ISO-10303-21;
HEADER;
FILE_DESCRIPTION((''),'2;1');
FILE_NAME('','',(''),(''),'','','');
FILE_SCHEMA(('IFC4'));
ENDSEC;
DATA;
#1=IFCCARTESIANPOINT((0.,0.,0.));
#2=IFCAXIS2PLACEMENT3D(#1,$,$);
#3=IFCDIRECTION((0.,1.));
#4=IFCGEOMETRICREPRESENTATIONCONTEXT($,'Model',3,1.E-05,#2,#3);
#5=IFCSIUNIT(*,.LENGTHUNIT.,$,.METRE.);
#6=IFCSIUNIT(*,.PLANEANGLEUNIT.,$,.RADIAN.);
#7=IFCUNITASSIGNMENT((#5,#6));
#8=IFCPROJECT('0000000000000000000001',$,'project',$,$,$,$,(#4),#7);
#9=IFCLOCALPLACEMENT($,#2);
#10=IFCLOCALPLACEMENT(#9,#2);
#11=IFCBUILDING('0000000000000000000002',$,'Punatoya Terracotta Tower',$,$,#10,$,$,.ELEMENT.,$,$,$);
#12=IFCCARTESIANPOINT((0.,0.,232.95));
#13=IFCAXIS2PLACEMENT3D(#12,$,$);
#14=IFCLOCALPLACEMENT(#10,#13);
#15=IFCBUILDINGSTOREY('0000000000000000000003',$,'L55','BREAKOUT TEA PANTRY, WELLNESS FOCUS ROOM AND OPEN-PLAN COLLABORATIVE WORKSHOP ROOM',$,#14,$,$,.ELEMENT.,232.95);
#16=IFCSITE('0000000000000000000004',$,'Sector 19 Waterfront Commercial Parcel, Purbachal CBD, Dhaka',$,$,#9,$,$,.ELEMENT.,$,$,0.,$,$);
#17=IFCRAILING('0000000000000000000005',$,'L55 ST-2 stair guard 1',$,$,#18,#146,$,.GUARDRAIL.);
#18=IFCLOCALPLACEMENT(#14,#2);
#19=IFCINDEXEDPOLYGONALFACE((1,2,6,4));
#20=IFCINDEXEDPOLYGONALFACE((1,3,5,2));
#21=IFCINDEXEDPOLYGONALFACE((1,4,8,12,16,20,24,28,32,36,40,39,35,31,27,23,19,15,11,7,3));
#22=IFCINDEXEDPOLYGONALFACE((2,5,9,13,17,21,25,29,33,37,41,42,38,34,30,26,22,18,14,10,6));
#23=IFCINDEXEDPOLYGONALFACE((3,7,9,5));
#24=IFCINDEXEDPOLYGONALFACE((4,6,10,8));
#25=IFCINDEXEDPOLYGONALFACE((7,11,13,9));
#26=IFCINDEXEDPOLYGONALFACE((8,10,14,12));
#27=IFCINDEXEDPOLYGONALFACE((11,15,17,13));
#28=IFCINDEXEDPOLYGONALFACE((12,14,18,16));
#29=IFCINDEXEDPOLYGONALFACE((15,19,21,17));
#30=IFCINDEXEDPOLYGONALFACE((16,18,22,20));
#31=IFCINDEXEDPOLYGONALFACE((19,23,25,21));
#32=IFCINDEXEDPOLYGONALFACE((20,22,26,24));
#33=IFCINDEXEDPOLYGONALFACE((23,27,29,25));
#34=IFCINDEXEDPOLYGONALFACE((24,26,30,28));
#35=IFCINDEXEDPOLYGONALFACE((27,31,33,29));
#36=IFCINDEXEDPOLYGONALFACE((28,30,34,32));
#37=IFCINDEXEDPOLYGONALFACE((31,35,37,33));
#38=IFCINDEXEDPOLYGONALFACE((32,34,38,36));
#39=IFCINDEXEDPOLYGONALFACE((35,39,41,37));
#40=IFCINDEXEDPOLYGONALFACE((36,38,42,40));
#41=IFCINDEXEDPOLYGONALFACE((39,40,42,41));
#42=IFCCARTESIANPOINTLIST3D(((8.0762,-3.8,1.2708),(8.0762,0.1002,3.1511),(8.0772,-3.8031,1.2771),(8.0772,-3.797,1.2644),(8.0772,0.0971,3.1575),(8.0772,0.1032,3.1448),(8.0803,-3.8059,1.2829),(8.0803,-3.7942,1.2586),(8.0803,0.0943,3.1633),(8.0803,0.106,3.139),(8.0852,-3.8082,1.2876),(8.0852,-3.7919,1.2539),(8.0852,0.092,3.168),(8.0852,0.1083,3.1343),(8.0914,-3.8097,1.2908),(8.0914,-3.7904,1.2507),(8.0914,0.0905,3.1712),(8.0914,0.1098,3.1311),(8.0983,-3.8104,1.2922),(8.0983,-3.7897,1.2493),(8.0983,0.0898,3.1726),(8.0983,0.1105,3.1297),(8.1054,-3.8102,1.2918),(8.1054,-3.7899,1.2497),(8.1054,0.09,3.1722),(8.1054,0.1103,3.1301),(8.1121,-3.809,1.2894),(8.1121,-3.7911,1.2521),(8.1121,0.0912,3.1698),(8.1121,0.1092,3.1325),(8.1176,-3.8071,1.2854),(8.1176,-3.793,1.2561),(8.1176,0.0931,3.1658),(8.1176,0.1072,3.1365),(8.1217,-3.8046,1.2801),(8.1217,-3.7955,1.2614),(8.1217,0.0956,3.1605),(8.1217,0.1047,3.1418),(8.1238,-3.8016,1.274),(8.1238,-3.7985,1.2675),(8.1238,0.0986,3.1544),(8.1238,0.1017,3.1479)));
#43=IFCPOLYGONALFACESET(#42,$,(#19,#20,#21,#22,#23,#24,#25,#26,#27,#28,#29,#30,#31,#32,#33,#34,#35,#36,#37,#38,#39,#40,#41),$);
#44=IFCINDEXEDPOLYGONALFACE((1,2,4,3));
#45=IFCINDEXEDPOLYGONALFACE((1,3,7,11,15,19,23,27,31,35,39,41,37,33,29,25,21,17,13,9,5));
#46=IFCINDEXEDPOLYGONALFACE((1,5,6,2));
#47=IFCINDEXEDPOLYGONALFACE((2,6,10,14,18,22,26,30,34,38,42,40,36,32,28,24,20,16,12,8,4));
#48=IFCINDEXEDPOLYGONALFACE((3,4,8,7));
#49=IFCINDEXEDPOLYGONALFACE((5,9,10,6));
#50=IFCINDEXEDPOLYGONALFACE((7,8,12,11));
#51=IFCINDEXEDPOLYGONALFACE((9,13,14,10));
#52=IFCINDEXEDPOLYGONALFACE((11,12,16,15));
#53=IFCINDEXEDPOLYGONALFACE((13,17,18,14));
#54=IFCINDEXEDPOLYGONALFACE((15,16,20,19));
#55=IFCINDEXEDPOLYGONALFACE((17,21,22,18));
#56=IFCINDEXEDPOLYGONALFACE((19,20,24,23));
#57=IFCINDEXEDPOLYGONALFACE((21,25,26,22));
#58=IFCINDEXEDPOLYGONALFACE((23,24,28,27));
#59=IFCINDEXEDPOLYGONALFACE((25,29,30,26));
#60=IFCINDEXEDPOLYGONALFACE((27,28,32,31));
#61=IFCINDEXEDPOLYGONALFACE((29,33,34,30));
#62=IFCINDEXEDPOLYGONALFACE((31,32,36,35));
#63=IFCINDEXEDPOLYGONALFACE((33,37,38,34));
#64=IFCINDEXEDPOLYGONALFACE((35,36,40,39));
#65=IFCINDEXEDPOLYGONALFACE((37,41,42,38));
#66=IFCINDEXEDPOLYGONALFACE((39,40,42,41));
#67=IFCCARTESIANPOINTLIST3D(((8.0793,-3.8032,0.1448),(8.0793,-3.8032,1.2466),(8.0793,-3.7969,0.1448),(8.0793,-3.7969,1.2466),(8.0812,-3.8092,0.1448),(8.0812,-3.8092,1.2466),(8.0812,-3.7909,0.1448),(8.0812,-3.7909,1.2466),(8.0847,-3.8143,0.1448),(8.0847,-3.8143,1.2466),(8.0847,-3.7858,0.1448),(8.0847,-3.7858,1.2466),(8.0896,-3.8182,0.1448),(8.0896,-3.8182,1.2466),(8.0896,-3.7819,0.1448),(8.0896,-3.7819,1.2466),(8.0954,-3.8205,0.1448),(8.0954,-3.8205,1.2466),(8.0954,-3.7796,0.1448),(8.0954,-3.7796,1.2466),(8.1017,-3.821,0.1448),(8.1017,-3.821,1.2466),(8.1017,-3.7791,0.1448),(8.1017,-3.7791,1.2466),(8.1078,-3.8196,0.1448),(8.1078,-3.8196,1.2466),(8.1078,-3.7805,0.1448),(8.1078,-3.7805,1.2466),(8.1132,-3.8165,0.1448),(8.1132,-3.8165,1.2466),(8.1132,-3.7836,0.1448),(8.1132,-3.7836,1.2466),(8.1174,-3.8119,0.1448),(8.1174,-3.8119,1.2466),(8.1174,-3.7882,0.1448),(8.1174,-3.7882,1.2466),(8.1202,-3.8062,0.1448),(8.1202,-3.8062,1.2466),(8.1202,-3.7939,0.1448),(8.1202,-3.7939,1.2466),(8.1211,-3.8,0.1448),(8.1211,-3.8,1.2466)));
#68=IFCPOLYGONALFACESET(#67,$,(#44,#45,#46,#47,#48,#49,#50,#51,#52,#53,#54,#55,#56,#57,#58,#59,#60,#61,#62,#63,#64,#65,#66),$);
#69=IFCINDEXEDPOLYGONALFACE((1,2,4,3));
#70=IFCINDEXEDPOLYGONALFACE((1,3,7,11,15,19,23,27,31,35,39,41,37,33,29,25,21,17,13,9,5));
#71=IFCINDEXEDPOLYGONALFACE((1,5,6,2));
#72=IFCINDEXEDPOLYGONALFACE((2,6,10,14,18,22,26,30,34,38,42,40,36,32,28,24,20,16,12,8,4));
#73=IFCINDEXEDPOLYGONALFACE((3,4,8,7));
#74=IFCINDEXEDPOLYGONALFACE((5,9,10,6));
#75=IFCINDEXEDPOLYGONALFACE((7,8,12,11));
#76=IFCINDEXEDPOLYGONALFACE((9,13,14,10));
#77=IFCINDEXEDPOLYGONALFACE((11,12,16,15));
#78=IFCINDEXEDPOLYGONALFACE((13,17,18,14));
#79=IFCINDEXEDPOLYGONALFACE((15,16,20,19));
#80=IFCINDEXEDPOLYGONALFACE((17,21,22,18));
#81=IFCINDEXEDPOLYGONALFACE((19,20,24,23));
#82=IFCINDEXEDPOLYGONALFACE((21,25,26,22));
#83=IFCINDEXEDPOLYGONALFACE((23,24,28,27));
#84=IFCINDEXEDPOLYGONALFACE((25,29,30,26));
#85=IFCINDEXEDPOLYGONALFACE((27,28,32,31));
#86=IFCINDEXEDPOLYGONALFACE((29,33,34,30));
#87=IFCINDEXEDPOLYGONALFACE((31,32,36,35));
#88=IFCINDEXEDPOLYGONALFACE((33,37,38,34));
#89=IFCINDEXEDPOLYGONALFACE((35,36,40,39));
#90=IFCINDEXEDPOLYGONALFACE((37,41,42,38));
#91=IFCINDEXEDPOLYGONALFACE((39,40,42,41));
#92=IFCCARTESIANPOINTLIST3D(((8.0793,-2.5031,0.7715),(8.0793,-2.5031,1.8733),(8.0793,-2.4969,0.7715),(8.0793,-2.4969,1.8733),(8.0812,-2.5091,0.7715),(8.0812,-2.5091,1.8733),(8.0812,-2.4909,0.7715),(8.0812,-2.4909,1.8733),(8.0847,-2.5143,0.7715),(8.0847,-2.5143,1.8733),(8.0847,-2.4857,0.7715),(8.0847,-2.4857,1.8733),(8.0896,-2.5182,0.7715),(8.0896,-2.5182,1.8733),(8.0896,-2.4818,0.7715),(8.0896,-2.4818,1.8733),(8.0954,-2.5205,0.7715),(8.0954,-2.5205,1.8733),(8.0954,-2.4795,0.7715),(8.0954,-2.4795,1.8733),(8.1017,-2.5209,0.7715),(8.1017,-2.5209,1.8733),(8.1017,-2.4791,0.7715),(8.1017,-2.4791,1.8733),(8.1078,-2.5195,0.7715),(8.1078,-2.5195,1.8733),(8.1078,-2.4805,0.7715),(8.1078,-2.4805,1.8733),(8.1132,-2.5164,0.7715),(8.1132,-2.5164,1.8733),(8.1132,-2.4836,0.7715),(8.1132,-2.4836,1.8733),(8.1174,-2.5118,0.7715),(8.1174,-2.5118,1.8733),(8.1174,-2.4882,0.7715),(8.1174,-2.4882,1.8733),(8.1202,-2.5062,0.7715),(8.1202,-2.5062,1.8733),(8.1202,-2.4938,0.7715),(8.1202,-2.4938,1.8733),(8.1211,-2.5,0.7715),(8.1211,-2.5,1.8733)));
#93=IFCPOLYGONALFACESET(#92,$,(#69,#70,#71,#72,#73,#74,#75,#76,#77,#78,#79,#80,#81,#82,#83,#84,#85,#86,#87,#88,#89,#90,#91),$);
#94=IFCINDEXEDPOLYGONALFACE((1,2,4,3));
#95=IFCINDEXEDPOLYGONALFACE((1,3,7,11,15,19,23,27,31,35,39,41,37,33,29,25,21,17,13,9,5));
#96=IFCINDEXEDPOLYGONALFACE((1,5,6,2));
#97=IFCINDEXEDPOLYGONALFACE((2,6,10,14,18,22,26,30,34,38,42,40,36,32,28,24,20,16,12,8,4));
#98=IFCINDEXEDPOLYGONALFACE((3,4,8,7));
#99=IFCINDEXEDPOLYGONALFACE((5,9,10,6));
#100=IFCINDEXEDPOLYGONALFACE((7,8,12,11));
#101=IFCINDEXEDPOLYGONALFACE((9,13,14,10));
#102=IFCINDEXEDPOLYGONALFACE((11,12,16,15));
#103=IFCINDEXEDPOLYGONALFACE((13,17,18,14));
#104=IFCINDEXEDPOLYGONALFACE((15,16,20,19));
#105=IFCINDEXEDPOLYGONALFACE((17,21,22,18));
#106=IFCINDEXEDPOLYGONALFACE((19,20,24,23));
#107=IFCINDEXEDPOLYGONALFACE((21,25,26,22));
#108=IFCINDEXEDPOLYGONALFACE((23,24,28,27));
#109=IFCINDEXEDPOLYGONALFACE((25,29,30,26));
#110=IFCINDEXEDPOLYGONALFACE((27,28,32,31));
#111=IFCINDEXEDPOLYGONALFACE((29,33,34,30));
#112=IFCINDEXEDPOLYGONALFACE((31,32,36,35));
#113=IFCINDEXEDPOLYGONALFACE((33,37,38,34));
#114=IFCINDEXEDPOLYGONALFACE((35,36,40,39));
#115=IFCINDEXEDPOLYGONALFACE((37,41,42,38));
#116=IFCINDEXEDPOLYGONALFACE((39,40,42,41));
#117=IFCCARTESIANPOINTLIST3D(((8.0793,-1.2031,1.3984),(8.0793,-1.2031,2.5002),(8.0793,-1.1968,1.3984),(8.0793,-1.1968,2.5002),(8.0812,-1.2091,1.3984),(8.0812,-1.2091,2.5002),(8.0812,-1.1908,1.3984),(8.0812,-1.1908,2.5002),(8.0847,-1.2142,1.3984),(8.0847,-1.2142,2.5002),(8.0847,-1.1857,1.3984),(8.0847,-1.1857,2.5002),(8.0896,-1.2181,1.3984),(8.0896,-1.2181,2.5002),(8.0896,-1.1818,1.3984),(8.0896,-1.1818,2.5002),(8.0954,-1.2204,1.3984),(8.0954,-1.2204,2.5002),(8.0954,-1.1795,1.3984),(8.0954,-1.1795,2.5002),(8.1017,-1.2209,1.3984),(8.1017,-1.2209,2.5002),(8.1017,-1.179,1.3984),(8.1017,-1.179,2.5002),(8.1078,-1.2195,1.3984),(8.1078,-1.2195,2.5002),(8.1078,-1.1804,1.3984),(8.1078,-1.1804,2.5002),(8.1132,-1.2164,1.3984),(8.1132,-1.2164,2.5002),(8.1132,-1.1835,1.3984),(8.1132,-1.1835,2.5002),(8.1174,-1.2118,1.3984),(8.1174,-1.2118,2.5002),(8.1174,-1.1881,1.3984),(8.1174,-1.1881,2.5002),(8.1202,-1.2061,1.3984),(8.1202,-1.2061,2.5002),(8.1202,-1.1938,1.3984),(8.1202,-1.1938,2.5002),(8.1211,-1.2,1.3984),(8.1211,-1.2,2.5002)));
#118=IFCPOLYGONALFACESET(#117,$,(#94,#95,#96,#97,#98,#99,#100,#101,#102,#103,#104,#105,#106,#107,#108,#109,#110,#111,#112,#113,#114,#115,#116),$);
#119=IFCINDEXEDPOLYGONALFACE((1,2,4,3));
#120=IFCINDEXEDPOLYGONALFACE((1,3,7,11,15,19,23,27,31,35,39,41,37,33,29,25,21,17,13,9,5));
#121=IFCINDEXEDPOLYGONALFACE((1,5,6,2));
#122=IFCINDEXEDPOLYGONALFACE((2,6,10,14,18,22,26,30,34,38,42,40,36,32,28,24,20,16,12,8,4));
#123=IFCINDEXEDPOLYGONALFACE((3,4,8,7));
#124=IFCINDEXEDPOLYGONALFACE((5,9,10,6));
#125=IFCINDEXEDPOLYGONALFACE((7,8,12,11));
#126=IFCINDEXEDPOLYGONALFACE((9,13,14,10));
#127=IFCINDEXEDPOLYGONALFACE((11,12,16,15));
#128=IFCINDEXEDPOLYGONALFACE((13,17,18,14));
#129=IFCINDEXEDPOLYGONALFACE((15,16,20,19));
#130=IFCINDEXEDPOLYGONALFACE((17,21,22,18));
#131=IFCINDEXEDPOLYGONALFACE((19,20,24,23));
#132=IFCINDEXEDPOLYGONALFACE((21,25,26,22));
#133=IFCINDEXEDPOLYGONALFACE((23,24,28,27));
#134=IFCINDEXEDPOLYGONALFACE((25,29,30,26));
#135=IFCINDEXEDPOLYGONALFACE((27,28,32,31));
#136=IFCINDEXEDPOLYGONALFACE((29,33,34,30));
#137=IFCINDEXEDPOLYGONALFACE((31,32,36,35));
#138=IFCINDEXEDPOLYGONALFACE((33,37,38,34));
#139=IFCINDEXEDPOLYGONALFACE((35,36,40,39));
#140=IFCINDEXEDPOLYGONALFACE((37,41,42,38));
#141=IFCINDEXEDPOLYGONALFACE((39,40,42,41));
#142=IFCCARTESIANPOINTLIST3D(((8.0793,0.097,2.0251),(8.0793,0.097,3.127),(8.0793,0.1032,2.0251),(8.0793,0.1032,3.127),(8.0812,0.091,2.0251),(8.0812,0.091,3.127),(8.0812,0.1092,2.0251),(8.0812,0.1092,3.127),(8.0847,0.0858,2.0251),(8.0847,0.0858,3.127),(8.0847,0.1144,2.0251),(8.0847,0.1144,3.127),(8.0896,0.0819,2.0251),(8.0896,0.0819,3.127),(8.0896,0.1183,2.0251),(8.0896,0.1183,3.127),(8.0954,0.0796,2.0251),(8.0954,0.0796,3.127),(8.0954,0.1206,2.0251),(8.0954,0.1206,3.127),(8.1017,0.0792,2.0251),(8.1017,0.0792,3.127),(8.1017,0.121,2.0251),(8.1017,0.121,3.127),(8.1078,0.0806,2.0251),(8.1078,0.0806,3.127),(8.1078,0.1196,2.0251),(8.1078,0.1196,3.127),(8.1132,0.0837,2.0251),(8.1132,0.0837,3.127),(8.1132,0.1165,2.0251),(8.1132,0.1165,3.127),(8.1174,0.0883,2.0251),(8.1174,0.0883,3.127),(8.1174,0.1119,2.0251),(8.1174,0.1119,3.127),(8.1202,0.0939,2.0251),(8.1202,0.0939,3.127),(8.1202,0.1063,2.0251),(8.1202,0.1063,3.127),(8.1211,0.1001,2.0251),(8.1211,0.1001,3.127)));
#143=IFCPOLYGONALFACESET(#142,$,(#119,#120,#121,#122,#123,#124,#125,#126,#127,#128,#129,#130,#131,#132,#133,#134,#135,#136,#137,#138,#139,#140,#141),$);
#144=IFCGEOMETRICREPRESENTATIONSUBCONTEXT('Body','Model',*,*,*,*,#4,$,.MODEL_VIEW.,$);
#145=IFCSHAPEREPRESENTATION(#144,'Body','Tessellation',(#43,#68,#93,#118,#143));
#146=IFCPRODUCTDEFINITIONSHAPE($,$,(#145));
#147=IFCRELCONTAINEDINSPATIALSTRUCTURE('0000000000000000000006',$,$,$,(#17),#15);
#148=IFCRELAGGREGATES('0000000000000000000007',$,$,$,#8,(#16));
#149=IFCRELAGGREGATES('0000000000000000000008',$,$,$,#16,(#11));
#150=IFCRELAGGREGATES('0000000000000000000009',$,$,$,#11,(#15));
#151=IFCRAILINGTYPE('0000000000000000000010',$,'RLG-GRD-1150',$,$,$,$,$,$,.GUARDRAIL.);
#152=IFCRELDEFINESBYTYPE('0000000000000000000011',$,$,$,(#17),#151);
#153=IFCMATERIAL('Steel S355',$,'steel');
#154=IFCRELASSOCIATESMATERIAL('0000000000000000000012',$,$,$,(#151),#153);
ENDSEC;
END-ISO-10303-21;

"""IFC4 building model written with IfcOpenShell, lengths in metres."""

from ifc_helpers import new_model, si_unit, direction, frame, origin, origin_2d, place, context, subcontext, project, spatial, circle, extrude, material, type_object, element, save


model = new_model("IFC4")

# Units and contexts
model_context = context("Model", 3, precision=1e-05, world=origin(), true_north=direction((0.0, 1.0)))
body_context = subcontext(model_context, "Body", "Model", "MODEL_VIEW")
ifc_project = project(units=[si_unit("LENGTHUNIT", "METRE"), si_unit("PLANEANGLEUNIT", "RADIAN")], contexts=[model_context])

# Site, building, storey
site_placement = place(None, origin())
site = spatial("IfcSite", under=ifc_project, at=site_placement, Name="Sector 19 Waterfront Commercial Parcel, Purbachal CBD, Dhaka", CompositionType="ELEMENT", RefElevation=0.0)
building_placement = place(site_placement, origin())
building = spatial("IfcBuilding", under=site, at=building_placement, Name="Punatoya Terracotta Tower", CompositionType="ELEMENT")
storey_placement = place(building_placement, frame((0.0, 0.0, 232.95)))
storey = spatial("IfcBuildingStorey", under=building, at=storey_placement, Name="L55", Description="BREAKOUT TEA PANTRY, WELLNESS FOCUS ROOM AND OPEN-PLAN COLLABORATIVE WORKSHOP ROOM", CompositionType="ELEMENT", Elevation=232.95)

# Shared definitions
ifc_material_1 = material(Name="Steel S355", Category="steel")

# Railing
railing_type_1 = type_object("IfcRailingType", Name="RLG-GRD-1150", PredefinedType="GUARDRAIL", material=ifc_material_1)
railing_1_placement = place(storey_placement, frame((8.1001, -3.8, 0.1448)))
element("IfcRailing", 1, at=railing_1_placement, inside=storey, type_object=railing_type_1, Name="L55 ST-2 stair guard 1", PredefinedType="GUARDRAIL", context=body_context, shape_type="SweptSolid", body=[
    extrude(circle(Radius=0.0239, at=origin_2d()), frame((0.0, 0.0, 1.126), z_axis=(0.0, 0.900774, 0.434289), x_axis=(-1.0, 0.0, 0.0)), (0.0, 0.0, 1.0), 4.3298),
    extrude(circle(Radius=0.021, at=origin_2d()), origin(), (0.0, 0.0, 1.0), 1.1018),
    extrude(circle(Radius=0.021, at=origin_2d()), frame((0.0, 1.3, 0.6267)), (0.0, 0.0, 1.0), 1.1018),
    extrude(circle(Radius=0.021, at=origin_2d()), frame((0.0, 2.6001, 1.2537)), (0.0, 0.0, 1.0), 1.1018),
    extrude(circle(Radius=0.021, at=origin_2d()), frame((0.0, 3.9001, 1.8804)), (0.0, 0.0, 1.0), 1.1018),
])

save(model, "model.ifc")
